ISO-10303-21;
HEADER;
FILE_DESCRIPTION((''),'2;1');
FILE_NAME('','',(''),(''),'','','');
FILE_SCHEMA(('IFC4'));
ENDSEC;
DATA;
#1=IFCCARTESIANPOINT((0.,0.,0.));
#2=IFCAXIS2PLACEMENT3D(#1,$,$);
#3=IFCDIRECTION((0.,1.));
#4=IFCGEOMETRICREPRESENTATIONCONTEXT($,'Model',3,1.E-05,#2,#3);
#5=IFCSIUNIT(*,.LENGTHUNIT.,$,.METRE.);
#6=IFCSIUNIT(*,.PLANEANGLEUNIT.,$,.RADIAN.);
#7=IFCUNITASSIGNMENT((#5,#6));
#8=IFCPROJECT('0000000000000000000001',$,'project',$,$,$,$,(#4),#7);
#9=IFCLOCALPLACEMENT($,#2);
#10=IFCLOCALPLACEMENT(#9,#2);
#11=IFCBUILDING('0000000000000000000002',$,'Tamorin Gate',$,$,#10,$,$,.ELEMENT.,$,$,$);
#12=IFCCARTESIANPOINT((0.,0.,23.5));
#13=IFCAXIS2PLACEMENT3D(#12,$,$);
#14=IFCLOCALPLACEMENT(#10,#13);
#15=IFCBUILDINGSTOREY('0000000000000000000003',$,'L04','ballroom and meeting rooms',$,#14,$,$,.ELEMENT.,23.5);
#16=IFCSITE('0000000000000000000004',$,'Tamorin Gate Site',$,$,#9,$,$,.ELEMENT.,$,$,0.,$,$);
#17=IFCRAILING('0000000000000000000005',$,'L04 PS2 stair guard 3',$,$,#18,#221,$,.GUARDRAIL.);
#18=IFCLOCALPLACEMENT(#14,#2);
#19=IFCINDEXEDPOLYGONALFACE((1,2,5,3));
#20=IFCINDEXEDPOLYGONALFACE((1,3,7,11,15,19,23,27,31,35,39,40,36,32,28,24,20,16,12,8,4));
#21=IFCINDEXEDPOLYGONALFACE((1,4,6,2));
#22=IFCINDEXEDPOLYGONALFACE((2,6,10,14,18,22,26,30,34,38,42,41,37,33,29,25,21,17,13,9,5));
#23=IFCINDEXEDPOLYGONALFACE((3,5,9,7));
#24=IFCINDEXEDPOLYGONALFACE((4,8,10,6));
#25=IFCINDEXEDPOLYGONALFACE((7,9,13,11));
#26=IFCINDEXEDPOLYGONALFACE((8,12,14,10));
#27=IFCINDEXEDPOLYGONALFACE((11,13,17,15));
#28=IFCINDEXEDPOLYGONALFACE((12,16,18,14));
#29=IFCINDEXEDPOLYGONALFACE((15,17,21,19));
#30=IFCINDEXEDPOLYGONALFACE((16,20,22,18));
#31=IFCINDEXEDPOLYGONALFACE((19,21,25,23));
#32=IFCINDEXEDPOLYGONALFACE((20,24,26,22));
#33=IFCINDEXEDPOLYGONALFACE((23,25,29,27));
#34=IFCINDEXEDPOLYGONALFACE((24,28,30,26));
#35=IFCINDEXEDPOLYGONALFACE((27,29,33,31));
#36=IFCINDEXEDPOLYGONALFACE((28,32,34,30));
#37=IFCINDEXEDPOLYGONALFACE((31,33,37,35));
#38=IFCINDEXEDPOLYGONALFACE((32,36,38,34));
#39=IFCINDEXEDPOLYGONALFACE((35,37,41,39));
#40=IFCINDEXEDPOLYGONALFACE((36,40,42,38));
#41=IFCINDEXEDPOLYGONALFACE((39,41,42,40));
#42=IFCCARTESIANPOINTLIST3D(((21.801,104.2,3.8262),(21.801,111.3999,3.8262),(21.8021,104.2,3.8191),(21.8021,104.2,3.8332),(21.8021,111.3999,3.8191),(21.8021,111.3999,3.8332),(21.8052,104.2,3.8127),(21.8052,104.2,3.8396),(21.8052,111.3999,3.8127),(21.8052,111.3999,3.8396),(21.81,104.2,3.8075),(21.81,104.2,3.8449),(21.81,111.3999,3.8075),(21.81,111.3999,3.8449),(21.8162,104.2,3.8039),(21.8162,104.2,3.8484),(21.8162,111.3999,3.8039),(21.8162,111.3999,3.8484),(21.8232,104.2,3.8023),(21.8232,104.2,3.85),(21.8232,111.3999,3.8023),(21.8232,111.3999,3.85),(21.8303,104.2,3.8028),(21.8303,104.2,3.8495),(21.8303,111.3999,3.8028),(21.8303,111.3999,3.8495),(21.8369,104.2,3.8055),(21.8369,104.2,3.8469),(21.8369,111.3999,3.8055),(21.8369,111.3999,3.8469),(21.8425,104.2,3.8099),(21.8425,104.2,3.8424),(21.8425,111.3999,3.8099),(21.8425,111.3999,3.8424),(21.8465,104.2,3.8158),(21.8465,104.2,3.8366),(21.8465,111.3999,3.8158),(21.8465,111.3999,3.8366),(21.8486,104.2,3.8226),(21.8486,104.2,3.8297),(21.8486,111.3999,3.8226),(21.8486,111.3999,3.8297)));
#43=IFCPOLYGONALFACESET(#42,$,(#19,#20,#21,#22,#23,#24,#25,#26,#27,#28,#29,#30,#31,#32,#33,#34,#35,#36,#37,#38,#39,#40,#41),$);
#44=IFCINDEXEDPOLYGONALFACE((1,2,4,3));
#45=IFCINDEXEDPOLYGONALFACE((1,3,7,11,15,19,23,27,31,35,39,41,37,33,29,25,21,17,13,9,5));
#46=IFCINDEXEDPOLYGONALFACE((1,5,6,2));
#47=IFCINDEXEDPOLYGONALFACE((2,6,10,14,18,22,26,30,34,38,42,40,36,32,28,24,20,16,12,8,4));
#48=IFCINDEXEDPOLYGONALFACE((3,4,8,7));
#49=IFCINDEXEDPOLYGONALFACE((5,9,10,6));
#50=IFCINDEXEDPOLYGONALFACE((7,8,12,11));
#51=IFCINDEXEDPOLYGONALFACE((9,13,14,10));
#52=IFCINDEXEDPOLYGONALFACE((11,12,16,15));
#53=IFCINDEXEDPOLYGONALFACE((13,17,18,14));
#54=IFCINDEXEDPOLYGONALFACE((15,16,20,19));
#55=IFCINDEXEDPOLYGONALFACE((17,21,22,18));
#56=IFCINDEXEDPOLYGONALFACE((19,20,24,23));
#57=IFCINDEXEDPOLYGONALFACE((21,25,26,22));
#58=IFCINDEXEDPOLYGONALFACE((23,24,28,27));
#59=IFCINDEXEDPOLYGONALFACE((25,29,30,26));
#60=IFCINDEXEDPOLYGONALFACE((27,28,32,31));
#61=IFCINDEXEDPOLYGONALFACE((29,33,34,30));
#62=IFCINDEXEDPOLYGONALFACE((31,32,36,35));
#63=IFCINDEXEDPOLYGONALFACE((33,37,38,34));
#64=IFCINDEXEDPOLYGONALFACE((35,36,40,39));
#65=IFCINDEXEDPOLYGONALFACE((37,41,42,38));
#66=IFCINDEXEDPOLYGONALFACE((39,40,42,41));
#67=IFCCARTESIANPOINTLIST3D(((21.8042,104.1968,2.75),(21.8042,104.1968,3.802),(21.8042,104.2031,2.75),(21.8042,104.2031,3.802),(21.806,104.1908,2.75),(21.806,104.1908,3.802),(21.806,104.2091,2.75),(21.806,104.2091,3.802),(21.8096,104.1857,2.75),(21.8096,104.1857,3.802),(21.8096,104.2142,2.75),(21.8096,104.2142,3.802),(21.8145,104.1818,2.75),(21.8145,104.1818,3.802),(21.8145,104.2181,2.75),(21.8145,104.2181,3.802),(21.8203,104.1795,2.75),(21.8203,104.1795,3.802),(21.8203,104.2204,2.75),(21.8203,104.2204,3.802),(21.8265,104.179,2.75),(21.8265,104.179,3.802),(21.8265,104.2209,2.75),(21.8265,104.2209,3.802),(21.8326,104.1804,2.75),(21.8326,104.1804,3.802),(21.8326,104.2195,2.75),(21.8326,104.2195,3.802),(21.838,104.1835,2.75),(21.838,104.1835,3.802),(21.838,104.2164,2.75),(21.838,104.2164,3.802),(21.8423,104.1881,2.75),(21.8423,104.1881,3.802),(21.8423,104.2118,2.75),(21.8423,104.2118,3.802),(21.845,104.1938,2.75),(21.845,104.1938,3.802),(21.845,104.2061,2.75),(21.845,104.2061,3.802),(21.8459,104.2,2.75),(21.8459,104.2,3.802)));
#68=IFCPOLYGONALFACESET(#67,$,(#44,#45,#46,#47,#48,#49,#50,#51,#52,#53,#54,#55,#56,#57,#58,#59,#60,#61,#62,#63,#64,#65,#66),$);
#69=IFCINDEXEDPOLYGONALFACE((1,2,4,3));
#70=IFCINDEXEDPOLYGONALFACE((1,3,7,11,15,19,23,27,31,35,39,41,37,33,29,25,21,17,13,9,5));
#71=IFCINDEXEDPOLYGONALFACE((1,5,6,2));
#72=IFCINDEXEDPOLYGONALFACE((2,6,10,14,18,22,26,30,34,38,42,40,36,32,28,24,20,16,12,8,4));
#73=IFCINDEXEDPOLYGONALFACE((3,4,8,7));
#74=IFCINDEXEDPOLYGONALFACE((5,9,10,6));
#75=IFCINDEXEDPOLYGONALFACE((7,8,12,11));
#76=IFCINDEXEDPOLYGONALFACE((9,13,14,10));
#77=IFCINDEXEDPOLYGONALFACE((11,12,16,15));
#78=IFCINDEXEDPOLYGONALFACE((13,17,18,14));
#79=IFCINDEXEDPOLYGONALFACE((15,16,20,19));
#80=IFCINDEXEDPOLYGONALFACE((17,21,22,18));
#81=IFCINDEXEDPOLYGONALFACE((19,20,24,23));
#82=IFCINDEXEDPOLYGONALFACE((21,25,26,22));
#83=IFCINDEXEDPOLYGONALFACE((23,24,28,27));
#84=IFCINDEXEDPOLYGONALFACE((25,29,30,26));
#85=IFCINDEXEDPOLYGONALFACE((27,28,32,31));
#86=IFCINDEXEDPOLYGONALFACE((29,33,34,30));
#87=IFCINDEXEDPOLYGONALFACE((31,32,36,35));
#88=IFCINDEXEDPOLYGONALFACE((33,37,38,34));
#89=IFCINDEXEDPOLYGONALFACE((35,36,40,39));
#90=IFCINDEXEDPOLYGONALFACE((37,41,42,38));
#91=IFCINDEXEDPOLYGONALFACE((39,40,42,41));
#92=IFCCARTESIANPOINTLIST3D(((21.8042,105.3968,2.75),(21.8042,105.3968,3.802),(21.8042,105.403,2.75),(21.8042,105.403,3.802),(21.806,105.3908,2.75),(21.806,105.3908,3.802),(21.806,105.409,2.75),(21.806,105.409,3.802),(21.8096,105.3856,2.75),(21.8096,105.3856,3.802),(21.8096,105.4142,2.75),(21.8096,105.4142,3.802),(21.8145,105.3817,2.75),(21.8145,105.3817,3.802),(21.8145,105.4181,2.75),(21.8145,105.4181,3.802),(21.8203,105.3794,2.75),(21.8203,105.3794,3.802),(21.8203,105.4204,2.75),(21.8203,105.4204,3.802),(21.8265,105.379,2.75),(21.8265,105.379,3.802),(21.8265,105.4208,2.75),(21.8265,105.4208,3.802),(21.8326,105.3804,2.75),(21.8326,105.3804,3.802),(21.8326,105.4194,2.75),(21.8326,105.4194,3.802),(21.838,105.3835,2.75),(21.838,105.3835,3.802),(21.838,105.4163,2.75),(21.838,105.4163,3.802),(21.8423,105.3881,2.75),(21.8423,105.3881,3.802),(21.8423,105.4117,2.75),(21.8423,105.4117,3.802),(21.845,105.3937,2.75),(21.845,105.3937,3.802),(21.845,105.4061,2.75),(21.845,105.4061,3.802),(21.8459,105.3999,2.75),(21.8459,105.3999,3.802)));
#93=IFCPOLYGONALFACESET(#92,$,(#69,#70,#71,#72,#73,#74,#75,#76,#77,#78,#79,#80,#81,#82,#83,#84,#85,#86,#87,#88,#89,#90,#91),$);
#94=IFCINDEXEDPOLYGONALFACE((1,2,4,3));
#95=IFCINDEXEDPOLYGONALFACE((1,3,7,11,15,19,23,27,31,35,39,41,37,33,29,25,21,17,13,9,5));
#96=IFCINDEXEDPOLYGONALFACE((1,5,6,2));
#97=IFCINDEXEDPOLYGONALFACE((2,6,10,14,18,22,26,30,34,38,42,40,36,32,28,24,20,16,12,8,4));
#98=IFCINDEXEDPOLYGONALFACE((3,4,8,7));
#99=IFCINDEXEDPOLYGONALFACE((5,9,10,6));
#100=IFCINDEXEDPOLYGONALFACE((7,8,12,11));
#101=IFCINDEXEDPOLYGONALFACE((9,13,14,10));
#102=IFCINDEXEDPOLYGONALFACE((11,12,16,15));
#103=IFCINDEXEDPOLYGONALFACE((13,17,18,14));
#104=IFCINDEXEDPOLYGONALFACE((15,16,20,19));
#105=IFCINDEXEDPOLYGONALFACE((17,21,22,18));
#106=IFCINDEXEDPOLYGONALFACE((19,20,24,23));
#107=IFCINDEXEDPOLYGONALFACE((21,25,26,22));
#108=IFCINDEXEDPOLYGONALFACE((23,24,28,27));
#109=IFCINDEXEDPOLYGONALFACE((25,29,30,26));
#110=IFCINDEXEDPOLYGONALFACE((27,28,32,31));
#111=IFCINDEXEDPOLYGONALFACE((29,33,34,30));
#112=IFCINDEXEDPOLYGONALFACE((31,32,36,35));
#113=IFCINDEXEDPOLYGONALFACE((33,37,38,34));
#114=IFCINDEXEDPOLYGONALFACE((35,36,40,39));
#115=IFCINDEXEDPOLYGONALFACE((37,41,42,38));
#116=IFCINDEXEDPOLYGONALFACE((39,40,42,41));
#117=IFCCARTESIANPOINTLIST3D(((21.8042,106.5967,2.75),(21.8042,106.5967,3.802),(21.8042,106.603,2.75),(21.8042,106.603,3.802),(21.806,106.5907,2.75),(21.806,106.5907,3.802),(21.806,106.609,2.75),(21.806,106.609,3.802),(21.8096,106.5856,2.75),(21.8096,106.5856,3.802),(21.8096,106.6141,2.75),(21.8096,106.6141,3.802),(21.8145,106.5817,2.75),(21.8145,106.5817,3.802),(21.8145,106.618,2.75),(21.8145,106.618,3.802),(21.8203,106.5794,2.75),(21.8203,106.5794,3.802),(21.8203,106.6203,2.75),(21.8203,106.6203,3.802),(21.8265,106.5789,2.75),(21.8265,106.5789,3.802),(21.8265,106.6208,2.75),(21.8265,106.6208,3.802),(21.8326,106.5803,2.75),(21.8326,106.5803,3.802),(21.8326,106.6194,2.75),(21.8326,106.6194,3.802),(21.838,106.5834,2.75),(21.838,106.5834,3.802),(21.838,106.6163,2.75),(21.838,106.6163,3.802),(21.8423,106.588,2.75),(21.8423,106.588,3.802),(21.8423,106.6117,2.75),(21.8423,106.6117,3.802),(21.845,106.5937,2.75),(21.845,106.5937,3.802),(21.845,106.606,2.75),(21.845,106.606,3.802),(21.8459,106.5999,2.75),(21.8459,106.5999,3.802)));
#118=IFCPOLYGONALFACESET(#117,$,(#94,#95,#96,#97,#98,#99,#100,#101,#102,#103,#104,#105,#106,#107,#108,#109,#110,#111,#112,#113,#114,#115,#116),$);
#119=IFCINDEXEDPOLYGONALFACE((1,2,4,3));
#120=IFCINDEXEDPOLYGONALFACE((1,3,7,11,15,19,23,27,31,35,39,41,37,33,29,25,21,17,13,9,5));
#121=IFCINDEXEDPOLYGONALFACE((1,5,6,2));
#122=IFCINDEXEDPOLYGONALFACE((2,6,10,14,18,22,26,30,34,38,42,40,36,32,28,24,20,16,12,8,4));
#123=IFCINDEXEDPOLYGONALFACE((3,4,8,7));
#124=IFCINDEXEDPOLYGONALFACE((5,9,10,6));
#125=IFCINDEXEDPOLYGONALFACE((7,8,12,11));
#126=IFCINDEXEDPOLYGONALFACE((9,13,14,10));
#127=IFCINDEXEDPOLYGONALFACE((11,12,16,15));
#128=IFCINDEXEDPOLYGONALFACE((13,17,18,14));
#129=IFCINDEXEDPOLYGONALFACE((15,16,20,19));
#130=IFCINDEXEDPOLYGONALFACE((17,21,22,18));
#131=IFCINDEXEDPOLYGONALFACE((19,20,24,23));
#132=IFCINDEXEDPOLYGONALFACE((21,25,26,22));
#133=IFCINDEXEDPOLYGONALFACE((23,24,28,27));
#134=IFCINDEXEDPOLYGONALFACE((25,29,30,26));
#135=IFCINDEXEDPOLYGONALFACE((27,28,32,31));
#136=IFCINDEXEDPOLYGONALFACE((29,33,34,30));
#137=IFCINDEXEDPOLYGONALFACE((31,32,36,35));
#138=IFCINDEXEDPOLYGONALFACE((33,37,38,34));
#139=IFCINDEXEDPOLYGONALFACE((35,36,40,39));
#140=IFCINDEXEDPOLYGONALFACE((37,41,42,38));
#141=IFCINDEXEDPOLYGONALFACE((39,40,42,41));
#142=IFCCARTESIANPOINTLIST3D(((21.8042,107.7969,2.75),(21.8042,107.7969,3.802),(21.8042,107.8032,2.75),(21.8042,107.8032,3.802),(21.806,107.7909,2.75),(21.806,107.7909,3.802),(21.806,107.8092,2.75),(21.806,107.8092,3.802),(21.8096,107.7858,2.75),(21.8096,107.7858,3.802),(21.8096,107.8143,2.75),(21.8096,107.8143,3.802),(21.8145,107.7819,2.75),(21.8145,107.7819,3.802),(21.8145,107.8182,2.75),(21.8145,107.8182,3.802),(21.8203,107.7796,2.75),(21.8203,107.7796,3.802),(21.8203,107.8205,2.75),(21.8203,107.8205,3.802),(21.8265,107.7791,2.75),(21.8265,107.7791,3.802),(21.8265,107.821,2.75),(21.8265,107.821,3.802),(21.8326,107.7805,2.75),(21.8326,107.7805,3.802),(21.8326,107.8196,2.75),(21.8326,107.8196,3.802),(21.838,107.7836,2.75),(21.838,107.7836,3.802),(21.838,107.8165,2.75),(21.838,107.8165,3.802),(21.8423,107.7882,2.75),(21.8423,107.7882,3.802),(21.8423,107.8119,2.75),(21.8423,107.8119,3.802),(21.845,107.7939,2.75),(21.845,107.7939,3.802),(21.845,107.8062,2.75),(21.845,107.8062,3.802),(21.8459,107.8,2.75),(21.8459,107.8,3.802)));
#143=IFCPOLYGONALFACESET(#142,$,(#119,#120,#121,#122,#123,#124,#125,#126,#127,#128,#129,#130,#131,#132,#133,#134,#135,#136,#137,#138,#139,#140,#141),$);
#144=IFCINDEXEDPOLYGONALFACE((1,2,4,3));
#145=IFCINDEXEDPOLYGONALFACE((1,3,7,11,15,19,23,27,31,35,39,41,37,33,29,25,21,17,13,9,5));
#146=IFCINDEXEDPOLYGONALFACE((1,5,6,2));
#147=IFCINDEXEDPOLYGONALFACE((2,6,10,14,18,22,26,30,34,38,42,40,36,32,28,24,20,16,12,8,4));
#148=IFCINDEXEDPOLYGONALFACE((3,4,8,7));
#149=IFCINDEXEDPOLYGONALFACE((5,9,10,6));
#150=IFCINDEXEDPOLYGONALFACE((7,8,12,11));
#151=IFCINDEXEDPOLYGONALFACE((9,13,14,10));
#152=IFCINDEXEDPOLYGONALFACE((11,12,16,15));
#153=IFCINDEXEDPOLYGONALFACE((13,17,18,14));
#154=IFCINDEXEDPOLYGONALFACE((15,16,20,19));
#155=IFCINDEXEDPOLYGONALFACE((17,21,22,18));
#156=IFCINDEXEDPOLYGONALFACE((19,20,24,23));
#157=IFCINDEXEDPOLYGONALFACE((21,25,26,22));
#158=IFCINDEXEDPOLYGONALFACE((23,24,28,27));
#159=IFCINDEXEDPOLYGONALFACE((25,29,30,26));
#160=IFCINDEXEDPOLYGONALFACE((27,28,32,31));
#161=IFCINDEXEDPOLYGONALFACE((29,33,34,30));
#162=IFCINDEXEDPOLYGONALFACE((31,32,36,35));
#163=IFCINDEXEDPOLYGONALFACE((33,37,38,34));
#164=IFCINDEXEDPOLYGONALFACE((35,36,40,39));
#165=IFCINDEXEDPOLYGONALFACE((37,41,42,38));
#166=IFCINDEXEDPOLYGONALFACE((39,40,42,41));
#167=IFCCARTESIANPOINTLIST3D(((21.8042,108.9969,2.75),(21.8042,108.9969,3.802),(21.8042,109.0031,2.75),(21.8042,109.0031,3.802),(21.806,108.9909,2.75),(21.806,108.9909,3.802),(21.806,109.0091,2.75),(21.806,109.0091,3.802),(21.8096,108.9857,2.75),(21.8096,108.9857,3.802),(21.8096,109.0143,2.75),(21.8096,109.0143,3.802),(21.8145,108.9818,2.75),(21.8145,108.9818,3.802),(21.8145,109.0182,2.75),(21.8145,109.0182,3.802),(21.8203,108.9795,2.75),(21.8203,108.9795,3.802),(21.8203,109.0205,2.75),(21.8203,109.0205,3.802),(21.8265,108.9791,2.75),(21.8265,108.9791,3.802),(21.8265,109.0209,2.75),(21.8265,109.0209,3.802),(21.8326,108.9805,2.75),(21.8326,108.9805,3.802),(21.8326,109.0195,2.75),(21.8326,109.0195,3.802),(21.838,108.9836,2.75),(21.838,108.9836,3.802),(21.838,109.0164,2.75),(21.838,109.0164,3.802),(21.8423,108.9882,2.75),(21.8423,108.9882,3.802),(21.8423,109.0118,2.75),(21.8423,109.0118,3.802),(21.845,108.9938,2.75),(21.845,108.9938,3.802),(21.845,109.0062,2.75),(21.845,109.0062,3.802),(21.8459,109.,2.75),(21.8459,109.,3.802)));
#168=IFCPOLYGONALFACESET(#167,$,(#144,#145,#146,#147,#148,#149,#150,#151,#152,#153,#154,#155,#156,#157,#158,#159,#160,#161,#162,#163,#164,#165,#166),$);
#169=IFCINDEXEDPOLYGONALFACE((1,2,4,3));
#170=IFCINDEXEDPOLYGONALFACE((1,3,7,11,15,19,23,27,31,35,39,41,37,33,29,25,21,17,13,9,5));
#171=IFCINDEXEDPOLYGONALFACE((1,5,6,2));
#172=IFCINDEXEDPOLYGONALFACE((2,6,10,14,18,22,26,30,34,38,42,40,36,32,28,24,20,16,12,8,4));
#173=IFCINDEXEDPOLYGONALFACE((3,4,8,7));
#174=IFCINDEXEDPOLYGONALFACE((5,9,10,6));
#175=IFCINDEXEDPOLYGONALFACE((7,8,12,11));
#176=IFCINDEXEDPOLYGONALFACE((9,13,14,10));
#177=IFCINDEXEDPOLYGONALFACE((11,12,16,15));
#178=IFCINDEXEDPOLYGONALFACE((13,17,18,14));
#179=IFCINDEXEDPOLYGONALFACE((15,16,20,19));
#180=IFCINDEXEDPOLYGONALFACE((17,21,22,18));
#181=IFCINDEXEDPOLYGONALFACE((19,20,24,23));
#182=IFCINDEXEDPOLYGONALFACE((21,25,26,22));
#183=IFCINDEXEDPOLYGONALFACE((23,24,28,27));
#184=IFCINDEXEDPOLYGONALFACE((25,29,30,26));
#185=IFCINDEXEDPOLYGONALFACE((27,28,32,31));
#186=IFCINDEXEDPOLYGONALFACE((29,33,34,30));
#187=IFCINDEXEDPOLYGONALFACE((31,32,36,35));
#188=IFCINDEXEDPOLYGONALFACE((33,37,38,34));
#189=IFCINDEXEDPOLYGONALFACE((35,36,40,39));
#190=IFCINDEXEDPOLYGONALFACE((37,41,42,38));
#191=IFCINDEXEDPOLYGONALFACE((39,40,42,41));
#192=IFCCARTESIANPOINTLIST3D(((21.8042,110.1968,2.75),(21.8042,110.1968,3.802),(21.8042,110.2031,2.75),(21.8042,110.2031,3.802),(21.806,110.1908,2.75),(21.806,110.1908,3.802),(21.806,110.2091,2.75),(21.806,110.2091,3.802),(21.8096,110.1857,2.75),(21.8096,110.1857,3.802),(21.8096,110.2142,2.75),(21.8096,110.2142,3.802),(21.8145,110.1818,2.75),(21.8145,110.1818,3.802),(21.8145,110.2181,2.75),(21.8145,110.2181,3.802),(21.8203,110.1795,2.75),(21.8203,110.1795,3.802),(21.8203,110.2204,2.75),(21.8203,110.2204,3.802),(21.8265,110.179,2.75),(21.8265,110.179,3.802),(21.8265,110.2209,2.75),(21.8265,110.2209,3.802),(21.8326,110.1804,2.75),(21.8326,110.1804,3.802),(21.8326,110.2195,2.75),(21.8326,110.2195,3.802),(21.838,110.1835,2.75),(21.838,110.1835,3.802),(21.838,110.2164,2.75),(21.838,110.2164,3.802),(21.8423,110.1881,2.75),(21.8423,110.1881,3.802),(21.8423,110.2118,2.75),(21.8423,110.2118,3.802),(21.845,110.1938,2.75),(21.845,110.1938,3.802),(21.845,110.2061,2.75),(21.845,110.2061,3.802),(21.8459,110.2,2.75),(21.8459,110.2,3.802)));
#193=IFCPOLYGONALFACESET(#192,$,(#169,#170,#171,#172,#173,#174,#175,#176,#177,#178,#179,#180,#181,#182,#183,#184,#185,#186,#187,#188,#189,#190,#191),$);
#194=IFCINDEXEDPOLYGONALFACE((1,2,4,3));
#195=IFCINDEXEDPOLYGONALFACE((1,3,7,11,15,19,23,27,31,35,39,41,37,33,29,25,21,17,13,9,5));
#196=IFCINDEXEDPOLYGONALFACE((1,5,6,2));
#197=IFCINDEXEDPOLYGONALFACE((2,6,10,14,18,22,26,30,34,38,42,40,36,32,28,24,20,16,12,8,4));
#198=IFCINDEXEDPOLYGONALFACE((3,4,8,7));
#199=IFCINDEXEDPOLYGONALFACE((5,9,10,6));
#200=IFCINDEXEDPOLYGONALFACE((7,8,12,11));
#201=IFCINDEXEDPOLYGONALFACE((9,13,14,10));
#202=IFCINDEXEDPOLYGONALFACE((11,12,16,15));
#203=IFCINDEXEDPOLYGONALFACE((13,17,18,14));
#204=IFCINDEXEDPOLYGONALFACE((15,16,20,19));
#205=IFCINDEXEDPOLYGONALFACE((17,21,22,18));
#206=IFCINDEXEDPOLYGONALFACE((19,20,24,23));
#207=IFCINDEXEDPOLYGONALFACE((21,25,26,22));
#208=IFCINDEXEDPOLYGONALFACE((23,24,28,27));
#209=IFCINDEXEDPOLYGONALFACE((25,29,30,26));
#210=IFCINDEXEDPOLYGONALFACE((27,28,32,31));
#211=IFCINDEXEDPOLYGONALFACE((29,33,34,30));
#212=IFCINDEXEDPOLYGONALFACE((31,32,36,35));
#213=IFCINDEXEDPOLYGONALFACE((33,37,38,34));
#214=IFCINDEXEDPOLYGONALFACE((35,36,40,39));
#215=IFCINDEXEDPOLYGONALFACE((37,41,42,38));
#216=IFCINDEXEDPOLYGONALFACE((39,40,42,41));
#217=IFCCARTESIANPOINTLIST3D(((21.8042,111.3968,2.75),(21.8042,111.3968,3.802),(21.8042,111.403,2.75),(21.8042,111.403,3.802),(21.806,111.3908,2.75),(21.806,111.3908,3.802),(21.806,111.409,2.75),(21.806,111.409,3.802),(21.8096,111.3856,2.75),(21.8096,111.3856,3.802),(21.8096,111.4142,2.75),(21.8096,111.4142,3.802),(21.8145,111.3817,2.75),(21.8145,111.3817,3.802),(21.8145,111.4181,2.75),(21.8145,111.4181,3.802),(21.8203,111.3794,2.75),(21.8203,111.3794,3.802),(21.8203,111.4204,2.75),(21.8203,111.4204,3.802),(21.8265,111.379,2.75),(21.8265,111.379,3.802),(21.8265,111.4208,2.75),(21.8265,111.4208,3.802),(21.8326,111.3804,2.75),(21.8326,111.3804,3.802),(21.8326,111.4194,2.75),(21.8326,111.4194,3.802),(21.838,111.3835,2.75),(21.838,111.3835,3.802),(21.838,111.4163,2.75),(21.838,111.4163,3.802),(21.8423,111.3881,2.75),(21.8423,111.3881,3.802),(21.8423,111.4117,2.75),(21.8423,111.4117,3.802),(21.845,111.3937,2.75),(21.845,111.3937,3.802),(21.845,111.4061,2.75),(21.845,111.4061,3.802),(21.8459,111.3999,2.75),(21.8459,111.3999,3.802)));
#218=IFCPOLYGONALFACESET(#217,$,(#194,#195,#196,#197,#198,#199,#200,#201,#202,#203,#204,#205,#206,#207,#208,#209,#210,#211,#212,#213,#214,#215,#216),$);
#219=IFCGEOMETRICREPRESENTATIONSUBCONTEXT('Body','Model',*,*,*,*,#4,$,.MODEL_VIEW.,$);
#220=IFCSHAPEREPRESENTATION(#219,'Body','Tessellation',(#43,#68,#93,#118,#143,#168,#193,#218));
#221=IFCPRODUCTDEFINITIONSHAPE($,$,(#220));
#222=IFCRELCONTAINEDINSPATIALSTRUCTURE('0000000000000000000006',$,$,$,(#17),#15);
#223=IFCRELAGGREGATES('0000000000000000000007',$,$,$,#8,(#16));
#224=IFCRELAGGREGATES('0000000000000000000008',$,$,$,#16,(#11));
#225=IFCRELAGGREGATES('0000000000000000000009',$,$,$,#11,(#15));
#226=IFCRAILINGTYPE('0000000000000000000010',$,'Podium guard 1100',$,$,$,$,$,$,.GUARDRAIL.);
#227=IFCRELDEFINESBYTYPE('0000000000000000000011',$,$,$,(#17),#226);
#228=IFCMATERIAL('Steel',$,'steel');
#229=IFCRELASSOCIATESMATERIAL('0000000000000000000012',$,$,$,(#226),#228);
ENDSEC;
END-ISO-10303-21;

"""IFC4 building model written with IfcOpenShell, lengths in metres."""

from ifc_helpers import new_model, si_unit, direction, frame, origin, origin_2d, place, context, subcontext, project, spatial, circle, extrude, material, type_object, element, save


model = new_model("IFC4")

# Units and contexts
model_context = context("Model", 3, precision=1e-05, world=origin(), true_north=direction((0.0, 1.0)))
body_context = subcontext(model_context, "Body", "Model", "MODEL_VIEW")
ifc_project = project(units=[si_unit("LENGTHUNIT", "METRE"), si_unit("PLANEANGLEUNIT", "RADIAN")], contexts=[model_context])

# Site, building, storey
site_placement = place(None, origin())
site = spatial("IfcSite", under=ifc_project, at=site_placement, Name="Tamorin Gate Site", CompositionType="ELEMENT", RefElevation=0.0)
building_placement = place(site_placement, origin())
building = spatial("IfcBuilding", under=site, at=building_placement, Name="Tamorin Gate", CompositionType="ELEMENT")
storey_placement = place(building_placement, frame((0.0, 0.0, 23.5)))
storey = spatial("IfcBuildingStorey", under=building, at=storey_placement, Name="L04", Description="ballroom and meeting rooms", CompositionType="ELEMENT", Elevation=23.5)

# Railing
ifc_material_1 = material(Name="Steel", Category="steel")
railing_type_1 = type_object("IfcRailingType", Name="Podium guard 1100", PredefinedType="GUARDRAIL", material=ifc_material_1)
for number, where, name in (
    (1, (21.825, 104.2, 2.75), "L04 PS2 stair guard 3"),
):
    element("IfcRailing", number, at=place(storey_placement, frame(where)), inside=storey, type_object=railing_type_1, Name=name, PredefinedType="GUARDRAIL", context=body_context, shape_type="SweptSolid", body=[
        extrude(circle(Radius=0.0239, at=origin_2d()), frame((0.0, 0.0, 1.0762), z_axis=(0.0, 1.0, 0.0), x_axis=(-1.0, 0.0, 0.0)), (0.0, 0.0, 1.0), 7.2),
        extrude(circle(Radius=0.021, at=origin_2d()), origin(), (0.0, 0.0, 1.0), 1.052),
        extrude(circle(Radius=0.021, at=origin_2d()), frame((0.0, 1.2, 0.0)), (0.0, 0.0, 1.0), 1.052),
        extrude(circle(Radius=0.021, at=origin_2d()), frame((0.0, 2.3999, 0.0)), (0.0, 0.0, 1.0), 1.052),
        extrude(circle(Radius=0.021, at=origin_2d()), frame((0.0, 3.6001, 0.0)), (0.0, 0.0, 1.0), 1.052),
        extrude(circle(Radius=0.021, at=origin_2d()), frame((0.0, 4.8, 0.0)), (0.0, 0.0, 1.0), 1.052),
        extrude(circle(Radius=0.021, at=origin_2d()), frame((0.0, 6.0, 0.0)), (0.0, 0.0, 1.0), 1.052),
        extrude(circle(Radius=0.021, at=origin_2d()), frame((0.0, 7.2, 0.0)), (0.0, 0.0, 1.0), 1.052),
    ])

save(model, "model.ifc")
